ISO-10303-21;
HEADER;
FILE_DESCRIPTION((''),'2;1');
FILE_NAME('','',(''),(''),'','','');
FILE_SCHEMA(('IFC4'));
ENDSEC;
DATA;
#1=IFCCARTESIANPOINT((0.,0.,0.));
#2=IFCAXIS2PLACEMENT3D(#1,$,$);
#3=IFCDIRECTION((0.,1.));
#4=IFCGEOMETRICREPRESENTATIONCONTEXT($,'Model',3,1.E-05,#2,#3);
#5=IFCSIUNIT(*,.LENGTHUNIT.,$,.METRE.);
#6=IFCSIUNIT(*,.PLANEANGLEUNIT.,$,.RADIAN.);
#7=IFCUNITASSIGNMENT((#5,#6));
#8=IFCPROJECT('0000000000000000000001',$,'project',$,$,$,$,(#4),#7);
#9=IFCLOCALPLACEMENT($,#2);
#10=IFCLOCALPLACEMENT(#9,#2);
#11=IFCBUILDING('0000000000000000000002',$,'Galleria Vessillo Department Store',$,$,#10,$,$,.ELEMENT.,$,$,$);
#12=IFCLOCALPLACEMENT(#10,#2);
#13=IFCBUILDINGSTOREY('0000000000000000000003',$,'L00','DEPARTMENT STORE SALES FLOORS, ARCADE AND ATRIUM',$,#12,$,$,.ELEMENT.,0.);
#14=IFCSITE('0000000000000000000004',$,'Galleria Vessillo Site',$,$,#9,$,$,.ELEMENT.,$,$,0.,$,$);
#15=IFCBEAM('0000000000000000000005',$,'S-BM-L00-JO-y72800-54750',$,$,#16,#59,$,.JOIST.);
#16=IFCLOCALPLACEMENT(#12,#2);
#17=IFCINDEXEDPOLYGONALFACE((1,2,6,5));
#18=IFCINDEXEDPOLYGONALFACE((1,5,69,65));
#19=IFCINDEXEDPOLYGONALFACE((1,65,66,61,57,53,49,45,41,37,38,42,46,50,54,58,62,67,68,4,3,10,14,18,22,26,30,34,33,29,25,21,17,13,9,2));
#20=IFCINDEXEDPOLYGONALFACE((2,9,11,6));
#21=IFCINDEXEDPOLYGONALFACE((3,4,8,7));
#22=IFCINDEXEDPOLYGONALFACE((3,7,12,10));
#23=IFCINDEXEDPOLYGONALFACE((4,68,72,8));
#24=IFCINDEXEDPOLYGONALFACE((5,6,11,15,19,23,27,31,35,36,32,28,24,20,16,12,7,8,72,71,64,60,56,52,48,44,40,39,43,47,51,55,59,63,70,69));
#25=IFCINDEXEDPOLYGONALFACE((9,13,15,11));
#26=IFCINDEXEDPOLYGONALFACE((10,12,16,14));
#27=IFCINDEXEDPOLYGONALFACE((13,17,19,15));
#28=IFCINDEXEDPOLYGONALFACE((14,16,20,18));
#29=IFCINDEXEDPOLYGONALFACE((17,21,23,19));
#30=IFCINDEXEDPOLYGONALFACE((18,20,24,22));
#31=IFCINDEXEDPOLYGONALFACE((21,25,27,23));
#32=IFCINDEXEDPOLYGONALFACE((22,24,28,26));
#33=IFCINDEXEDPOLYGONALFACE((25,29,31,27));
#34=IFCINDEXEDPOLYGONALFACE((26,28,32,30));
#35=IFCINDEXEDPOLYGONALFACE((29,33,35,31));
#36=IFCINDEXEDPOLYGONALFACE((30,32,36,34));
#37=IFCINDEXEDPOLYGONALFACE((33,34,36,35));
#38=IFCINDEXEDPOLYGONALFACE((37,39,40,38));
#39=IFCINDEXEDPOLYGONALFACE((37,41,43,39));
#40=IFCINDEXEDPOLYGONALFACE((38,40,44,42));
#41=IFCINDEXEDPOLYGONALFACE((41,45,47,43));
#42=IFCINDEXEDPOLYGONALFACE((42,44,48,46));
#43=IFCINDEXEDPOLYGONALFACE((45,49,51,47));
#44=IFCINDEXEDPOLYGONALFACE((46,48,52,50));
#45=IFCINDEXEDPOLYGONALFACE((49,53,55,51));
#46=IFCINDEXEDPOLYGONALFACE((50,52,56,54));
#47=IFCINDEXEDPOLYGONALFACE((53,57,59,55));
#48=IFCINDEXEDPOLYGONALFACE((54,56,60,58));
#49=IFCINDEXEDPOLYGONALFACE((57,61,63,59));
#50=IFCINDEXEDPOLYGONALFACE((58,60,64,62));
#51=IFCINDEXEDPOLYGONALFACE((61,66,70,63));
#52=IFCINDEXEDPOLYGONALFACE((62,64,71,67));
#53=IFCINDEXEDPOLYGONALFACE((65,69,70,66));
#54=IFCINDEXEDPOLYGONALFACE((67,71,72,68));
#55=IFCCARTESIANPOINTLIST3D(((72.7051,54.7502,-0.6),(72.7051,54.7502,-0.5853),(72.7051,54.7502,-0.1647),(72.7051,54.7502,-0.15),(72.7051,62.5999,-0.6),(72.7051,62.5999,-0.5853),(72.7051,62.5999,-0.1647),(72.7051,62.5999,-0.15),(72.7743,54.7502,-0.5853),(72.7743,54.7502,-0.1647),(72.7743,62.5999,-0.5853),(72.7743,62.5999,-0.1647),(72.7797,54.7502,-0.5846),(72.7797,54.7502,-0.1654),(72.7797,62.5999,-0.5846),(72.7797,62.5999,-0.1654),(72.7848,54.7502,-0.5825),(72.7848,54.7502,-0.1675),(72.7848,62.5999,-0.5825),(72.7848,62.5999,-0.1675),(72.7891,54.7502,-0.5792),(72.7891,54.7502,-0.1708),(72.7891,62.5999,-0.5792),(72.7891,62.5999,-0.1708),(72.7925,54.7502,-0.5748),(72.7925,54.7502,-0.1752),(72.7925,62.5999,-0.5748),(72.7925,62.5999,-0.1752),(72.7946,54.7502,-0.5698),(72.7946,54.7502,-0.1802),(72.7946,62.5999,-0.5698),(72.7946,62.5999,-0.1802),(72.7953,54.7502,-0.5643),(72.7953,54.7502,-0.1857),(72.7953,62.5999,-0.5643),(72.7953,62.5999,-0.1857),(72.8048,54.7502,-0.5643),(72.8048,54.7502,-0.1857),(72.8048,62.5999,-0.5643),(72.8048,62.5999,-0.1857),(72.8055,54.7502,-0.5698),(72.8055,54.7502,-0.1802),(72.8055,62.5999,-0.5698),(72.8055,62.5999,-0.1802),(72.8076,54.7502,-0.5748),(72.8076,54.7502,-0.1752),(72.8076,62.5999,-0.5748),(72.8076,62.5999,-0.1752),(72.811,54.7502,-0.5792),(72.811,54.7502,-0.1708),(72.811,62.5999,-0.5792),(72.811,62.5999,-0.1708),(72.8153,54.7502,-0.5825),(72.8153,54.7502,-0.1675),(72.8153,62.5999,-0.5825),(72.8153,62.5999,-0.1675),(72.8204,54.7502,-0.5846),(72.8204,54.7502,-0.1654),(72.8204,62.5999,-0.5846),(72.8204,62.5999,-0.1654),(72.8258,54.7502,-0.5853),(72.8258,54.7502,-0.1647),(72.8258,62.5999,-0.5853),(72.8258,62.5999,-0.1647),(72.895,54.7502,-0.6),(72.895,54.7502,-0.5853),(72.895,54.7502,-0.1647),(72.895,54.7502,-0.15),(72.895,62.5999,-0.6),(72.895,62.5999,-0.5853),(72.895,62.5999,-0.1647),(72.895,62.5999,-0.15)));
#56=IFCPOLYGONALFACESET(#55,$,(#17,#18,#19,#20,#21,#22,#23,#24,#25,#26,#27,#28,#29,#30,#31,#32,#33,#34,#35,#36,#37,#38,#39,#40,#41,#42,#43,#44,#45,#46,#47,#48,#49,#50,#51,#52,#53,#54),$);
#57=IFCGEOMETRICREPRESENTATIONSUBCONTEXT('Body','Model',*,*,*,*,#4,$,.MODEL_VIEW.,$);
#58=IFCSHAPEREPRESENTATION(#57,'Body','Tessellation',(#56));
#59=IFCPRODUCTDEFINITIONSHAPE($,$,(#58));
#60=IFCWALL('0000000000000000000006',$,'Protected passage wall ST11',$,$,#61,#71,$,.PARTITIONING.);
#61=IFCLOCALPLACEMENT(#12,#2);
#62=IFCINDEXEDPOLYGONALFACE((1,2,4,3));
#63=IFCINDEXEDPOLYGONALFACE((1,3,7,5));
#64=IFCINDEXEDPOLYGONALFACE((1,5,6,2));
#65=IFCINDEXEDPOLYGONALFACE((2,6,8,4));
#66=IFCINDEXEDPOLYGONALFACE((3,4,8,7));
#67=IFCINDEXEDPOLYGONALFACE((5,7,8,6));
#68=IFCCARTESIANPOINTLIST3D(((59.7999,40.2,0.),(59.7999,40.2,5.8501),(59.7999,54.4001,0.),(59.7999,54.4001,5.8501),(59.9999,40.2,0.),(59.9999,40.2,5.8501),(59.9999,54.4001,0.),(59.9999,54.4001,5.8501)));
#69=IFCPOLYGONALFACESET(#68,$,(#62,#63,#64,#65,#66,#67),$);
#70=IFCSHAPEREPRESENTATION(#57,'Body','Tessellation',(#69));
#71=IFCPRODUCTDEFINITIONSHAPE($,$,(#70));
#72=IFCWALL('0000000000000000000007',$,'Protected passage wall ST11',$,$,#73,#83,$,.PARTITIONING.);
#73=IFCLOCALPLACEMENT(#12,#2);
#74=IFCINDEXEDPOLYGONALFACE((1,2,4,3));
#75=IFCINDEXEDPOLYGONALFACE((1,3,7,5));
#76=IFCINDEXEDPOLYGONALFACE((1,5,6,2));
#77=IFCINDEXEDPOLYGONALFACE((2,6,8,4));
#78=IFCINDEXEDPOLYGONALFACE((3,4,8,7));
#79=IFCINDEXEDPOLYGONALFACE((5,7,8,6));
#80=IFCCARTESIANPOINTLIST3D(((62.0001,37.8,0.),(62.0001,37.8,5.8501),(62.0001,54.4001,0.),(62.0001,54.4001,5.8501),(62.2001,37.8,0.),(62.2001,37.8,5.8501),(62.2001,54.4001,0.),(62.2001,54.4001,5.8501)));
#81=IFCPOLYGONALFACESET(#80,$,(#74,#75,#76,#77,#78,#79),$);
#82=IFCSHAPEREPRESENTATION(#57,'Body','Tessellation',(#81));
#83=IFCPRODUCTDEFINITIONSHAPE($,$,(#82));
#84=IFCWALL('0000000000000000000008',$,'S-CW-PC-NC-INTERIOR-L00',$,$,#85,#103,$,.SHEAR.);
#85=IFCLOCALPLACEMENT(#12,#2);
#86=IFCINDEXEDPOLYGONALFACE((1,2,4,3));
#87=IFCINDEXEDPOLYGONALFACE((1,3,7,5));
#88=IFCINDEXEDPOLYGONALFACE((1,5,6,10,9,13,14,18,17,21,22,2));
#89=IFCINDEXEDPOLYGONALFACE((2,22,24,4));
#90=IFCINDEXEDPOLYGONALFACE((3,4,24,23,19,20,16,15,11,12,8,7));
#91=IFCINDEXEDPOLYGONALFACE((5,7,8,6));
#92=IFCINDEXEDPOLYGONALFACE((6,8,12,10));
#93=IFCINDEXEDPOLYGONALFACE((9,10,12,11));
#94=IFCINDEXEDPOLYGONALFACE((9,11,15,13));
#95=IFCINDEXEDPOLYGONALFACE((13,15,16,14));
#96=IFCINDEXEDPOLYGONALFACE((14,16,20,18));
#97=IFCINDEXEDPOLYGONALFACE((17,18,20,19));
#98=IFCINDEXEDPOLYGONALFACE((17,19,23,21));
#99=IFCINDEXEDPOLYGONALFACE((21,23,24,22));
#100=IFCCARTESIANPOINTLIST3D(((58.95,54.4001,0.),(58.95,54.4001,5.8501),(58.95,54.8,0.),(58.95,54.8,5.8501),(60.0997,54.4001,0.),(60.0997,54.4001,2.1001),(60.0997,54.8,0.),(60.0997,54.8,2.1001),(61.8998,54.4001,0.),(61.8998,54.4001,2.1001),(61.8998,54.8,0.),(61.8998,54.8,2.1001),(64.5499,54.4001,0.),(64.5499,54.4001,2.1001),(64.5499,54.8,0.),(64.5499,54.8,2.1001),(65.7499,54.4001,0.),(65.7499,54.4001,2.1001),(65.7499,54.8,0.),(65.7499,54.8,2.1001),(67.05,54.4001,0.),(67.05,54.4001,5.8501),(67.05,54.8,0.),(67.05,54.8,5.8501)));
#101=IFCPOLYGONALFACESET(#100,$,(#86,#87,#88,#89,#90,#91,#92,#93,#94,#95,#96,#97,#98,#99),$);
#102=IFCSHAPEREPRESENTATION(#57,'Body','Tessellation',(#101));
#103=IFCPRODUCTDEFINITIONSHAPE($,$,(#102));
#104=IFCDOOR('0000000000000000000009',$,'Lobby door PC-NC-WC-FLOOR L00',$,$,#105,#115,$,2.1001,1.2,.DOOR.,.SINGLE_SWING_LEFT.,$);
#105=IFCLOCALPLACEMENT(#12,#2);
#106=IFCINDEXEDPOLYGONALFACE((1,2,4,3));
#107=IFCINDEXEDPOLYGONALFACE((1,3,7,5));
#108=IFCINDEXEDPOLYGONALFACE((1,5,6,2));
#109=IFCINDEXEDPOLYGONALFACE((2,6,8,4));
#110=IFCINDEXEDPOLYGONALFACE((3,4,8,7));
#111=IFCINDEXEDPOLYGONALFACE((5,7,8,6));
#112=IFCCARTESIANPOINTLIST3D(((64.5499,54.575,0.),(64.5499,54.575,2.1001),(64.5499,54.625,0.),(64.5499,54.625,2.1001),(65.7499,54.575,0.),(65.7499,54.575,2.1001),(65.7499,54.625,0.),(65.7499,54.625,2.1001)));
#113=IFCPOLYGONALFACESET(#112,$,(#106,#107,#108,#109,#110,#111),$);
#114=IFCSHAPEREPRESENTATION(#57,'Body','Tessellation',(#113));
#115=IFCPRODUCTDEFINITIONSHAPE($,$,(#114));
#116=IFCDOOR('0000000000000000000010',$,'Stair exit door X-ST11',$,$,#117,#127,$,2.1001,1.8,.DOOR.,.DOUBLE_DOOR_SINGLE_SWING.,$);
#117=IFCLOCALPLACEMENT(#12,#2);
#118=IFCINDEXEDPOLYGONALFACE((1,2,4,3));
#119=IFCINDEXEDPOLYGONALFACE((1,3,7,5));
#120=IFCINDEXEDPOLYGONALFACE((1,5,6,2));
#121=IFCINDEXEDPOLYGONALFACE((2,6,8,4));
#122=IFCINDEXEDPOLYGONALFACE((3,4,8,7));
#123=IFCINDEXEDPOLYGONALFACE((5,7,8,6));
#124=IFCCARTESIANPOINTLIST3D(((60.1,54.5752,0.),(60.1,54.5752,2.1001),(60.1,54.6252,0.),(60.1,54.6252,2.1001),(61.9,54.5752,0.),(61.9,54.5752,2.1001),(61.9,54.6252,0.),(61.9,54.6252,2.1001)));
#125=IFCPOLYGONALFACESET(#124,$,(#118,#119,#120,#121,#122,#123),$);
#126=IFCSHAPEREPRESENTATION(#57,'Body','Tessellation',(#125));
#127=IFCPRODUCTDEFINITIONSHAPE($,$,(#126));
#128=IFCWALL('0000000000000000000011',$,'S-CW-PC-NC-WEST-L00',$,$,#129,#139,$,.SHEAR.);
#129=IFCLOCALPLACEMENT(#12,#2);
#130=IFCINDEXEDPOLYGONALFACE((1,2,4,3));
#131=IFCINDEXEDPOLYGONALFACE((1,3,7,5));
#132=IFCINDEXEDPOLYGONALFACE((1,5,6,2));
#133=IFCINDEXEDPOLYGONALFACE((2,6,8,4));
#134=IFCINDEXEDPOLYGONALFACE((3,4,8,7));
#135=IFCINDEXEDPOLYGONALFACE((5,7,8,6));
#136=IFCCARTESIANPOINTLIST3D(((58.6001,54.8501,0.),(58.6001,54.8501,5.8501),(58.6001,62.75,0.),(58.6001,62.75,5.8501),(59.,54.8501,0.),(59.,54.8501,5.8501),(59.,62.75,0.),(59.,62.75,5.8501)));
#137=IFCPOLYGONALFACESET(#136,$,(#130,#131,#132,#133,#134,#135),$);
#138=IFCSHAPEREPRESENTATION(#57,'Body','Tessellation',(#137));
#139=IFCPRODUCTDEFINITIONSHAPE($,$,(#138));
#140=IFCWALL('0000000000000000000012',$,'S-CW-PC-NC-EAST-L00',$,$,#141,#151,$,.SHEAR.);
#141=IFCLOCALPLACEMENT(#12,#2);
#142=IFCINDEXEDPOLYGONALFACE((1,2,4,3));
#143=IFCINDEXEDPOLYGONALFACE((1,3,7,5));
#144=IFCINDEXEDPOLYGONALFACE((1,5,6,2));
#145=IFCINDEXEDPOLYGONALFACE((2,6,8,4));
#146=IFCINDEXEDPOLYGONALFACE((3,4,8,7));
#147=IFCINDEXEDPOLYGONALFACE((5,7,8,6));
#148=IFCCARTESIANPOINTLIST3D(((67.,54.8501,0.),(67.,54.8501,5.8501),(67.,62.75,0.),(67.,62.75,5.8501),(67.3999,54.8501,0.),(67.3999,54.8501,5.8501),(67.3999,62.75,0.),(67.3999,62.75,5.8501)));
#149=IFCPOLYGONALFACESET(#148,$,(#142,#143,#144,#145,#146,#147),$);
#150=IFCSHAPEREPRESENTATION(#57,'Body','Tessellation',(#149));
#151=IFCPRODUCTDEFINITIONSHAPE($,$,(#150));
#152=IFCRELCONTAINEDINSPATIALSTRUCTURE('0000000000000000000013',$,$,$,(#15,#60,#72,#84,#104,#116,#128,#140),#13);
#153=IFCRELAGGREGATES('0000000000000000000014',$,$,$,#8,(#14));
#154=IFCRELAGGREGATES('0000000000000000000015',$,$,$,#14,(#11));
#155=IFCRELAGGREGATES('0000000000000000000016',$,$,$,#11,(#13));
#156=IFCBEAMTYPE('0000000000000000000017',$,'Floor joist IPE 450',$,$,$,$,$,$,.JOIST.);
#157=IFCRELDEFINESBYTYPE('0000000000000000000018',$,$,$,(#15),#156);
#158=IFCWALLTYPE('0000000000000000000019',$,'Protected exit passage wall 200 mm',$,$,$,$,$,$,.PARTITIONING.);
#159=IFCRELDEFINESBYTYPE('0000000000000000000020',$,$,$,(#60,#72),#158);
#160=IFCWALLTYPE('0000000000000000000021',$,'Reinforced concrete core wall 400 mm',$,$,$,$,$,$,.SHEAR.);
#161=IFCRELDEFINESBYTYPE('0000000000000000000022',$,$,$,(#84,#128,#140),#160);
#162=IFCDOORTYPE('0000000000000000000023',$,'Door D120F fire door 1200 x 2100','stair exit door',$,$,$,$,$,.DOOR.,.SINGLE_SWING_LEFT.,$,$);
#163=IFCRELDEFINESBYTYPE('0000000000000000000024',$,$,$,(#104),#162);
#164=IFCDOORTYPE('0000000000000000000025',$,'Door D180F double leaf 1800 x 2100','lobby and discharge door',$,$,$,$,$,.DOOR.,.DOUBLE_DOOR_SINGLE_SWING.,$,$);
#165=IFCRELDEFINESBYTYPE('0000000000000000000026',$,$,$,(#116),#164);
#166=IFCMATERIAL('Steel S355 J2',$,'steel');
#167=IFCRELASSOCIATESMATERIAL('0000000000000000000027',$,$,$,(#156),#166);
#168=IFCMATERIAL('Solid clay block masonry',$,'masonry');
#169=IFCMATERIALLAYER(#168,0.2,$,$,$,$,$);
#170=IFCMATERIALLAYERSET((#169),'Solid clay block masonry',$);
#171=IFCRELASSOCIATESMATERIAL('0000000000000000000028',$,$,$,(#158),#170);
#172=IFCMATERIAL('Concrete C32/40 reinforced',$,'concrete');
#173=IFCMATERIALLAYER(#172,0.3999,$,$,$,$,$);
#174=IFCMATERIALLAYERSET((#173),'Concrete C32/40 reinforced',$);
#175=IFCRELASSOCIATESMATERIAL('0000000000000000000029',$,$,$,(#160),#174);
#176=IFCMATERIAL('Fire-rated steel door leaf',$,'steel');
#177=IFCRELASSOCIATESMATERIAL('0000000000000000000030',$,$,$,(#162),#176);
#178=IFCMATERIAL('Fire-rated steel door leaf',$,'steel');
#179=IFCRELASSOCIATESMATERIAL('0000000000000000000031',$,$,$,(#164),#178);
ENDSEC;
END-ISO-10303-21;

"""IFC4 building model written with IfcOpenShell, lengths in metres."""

from ifc_helpers import new_model, si_unit, direction, frame, frame_2d, origin, origin_2d, place, context, subcontext, project, spatial, rectangle, i_section, extrude, material, layer, layer_set, material_profile, profile_set, type_object, element, fill, save


model = new_model("IFC4")

# Units and contexts
model_context = context("Model", 3, precision=1e-05, world=origin(), true_north=direction((0.0, 1.0)))
body_context = subcontext(model_context, "Body", "Model", "MODEL_VIEW")
ifc_project = project(units=[si_unit("LENGTHUNIT", "METRE"), si_unit("PLANEANGLEUNIT", "RADIAN")], contexts=[model_context])

# Site, building, storey
site_placement = place(None, origin())
site = spatial("IfcSite", under=ifc_project, at=site_placement, Name="Galleria Vessillo Site", CompositionType="ELEMENT", RefElevation=0.0)
building_placement = place(site_placement, origin())
building = spatial("IfcBuilding", under=site, at=building_placement, Name="Galleria Vessillo Department Store", CompositionType="ELEMENT")
storey_placement = place(building_placement, origin())
storey = spatial("IfcBuildingStorey", under=building, at=storey_placement, Name="L00", Description="DEPARTMENT STORE SALES FLOORS, ARCADE AND ATRIUM", CompositionType="ELEMENT", Elevation=0.0)

# Beam
ifc_material_1 = material(Name="Steel S355 J2", Category="steel")
ifc_material_profile_1 = material_profile(ifc_material_1, i_section(OverallWidth=0.1899, OverallDepth=0.45, WebThickness=0.0095, FlangeThickness=0.0146, FilletRadius=0.021, at=origin_2d()), Name="IPE 450")
ifc_profile_set_1 = profile_set([ifc_material_profile_1], Name="Steel S355 J2")
beam_type_1 = type_object("IfcBeamType", Name="Floor joist IPE 450", PredefinedType="JOIST", material=ifc_profile_set_1)
for number, where, z_axis, x_axis, name in (
    (1, (72.8, 54.7502, -0.375), (0.0, 1.0, 0.0), (-1.0, 0.0, 0.0), "S-BM-L00-JO-y72800-54750"),
):
    element("IfcBeam", number, at=place(storey_placement, frame(where, z_axis=z_axis, x_axis=x_axis)), inside=storey, type_object=beam_type_1, Name=name, PredefinedType="JOIST", context=body_context, shape_type="SweptSolid", body=[
        extrude(i_section(OverallWidth=0.1899, OverallDepth=0.45, WebThickness=0.0095, FlangeThickness=0.0146, FilletRadius=0.021, at=origin_2d()), origin(), (0.0, 0.0, 1.0), 7.8496),
    ])

# Walls
ifc_material_2 = material(Name="Solid clay block masonry", Category="masonry")
ifc_layer_1 = layer(ifc_material_2, 0.2)
ifc_layer_set_1 = layer_set([ifc_layer_1], Name="Solid clay block masonry")
wall_type_1 = type_object("IfcWallType", Name="Protected exit passage wall 200 mm", PredefinedType="PARTITIONING", material=ifc_layer_set_1)
wall_1_placement = place(storey_placement, frame((59.8999, 54.4001, 0.0), z_axis=(0.0, 0.0, 1.0), x_axis=(0.0, -1.0, 0.0)))
element("IfcWall", 2, at=wall_1_placement, inside=storey, type_object=wall_type_1, Name="Protected passage wall ST11", PredefinedType="PARTITIONING", context=body_context, shape_type="SweptSolid", body=[
    extrude(rectangle(XDim=14.2002, YDim=0.2, at=frame_2d((7.1001, 0.0))), origin(), (0.0, 0.0, 1.0), 5.8501),
])
wall_2_placement = place(storey_placement, frame((62.1001, 54.4001, 0.0), z_axis=(0.0, 0.0, 1.0), x_axis=(0.0, -1.0, 0.0)))
element("IfcWall", 3, at=wall_2_placement, inside=storey, type_object=wall_type_1, Name="Protected passage wall ST11", PredefinedType="PARTITIONING", context=body_context, shape_type="SweptSolid", body=[
    extrude(rectangle(XDim=16.6001, YDim=0.2, at=frame_2d((8.3, 0.0))), origin(), (0.0, 0.0, 1.0), 5.8501),
])

# Wall, openings, doors
ifc_material_3 = material(Name="Concrete C32/40 reinforced", Category="concrete")
ifc_layer_2 = layer(ifc_material_3, 0.3999)
ifc_layer_set_2 = layer_set([ifc_layer_2], Name="Concrete C32/40 reinforced")
wall_type_2 = type_object("IfcWallType", Name="Reinforced concrete core wall 400 mm", PredefinedType="SHEAR", material=ifc_layer_set_2)
wall_3_placement = place(storey_placement, frame((58.95, 54.6001, 0.0), z_axis=(0.0, 0.0, 1.0), x_axis=(1.0, 0.0, 0.0)))
wall_3 = element("IfcWall", 4, at=wall_3_placement, inside=storey, type_object=wall_type_2, Name="S-CW-PC-NC-INTERIOR-L00", PredefinedType="SHEAR", context=body_context, shape_type="SweptSolid", body=[
    extrude(rectangle(XDim=8.1001, YDim=0.3999, at=frame_2d((4.05, 0.0))), origin(), (0.0, 0.0, 1.0), 5.8501),
])
opening_1_placement = place(wall_3_placement, frame((5.5999, 0.0, 0.0)))
opening_1 = element("IfcOpeningElement", 5, at=opening_1_placement, cuts=wall_3, PredefinedType="OPENING", context=body_context, shape_type="SweptSolid", body=[
    extrude(rectangle(XDim=1.2, YDim=2.1001, at=frame_2d((0.6001, 1.05))), frame((0.0, 0.21, 0.0), z_axis=(0.0, -1.0, 0.0), x_axis=(1.0, 0.0, 0.0)), (0.0, 0.0, 1.0), 0.4199),
])
opening_2_placement = place(wall_3_placement, frame((1.1499, 0.0, 0.0)))
opening_2 = element("IfcOpeningElement", 6, at=opening_2_placement, cuts=wall_3, PredefinedType="OPENING", context=body_context, shape_type="SweptSolid", body=[
    extrude(rectangle(XDim=1.8, YDim=2.1001, at=frame_2d((0.8999, 1.05))), frame((0.0, 0.21, 0.0), z_axis=(0.0, -1.0, 0.0), x_axis=(1.0, 0.0, 0.0)), (0.0, 0.0, 1.0), 0.4199),
])
ifc_material_4 = material(Name="Fire-rated steel door leaf", Category="steel")
door_type_1 = type_object("IfcDoorType", Name="Door D120F fire door 1200 x 2100", Description="stair exit door", OperationType="SINGLE_SWING_LEFT", PredefinedType="DOOR", material=ifc_material_4)
door_1_placement = place(opening_1_placement, origin())
door_1 = element("IfcDoor", 7, at=door_1_placement, inside=storey, type_object=door_type_1, Name="Lobby door PC-NC-WC-FLOOR L00", OperationType="SINGLE_SWING_LEFT", OverallHeight=2.1001, OverallWidth=1.2, PredefinedType="DOOR", context=body_context, shape_type="SweptSolid", body=[
    extrude(rectangle(XDim=1.2, YDim=2.1001, at=frame_2d((0.6001, 1.05))), frame((0.0, 0.0249, 0.0), z_axis=(0.0, -1.0, 0.0), x_axis=(1.0, 0.0, 0.0)), (0.0, 0.0, 1.0), 0.05),
])
fill(opening_1, door_1)
ifc_material_5 = material(Name="Fire-rated steel door leaf", Category="steel")
door_type_2 = type_object("IfcDoorType", Name="Door D180F double leaf 1800 x 2100", Description="lobby and discharge door", OperationType="DOUBLE_DOOR_SINGLE_SWING", PredefinedType="DOOR", material=ifc_material_5)
door_2_placement = place(opening_2_placement, frame((1.8, 0.0, 0.0), z_axis=(0.0, 0.0, 1.0), x_axis=(-1.0, 0.0, 0.0)))
door_2 = element("IfcDoor", 8, at=door_2_placement, inside=storey, type_object=door_type_2, Name="Stair exit door X-ST11", OperationType="DOUBLE_DOOR_SINGLE_SWING", OverallHeight=2.1001, OverallWidth=1.8, PredefinedType="DOOR", context=body_context, shape_type="SweptSolid", body=[
    extrude(rectangle(XDim=1.8, YDim=2.1001, at=frame_2d((0.8999, 1.05))), frame((0.0, 0.0249, 0.0), z_axis=(0.0, -1.0, 0.0), x_axis=(1.0, 0.0, 0.0)), (0.0, 0.0, 1.0), 0.05),
])
fill(opening_2, door_2)

# Walls
for number, where, z_axis, x_axis, name in (
    (9, (58.8, 54.8501, 0.0), (0.0, 0.0, 1.0), (0.0, 1.0, 0.0), "S-CW-PC-NC-WEST-L00"),
    (10, (67.2, 54.8501, 0.0), (0.0, 0.0, 1.0), (0.0, 1.0, 0.0), "S-CW-PC-NC-EAST-L00"),
):
    element("IfcWall", number, at=place(storey_placement, frame(where, z_axis=z_axis, x_axis=x_axis)), inside=storey, type_object=wall_type_2, Name=name, PredefinedType="SHEAR", context=body_context, shape_type="SweptSolid", body=[
        extrude(rectangle(XDim=7.8999, YDim=0.3999, at=frame_2d((3.95, 0.0))), origin(), (0.0, 0.0, 1.0), 5.8501),
    ])

save(model, "model.ifc")
